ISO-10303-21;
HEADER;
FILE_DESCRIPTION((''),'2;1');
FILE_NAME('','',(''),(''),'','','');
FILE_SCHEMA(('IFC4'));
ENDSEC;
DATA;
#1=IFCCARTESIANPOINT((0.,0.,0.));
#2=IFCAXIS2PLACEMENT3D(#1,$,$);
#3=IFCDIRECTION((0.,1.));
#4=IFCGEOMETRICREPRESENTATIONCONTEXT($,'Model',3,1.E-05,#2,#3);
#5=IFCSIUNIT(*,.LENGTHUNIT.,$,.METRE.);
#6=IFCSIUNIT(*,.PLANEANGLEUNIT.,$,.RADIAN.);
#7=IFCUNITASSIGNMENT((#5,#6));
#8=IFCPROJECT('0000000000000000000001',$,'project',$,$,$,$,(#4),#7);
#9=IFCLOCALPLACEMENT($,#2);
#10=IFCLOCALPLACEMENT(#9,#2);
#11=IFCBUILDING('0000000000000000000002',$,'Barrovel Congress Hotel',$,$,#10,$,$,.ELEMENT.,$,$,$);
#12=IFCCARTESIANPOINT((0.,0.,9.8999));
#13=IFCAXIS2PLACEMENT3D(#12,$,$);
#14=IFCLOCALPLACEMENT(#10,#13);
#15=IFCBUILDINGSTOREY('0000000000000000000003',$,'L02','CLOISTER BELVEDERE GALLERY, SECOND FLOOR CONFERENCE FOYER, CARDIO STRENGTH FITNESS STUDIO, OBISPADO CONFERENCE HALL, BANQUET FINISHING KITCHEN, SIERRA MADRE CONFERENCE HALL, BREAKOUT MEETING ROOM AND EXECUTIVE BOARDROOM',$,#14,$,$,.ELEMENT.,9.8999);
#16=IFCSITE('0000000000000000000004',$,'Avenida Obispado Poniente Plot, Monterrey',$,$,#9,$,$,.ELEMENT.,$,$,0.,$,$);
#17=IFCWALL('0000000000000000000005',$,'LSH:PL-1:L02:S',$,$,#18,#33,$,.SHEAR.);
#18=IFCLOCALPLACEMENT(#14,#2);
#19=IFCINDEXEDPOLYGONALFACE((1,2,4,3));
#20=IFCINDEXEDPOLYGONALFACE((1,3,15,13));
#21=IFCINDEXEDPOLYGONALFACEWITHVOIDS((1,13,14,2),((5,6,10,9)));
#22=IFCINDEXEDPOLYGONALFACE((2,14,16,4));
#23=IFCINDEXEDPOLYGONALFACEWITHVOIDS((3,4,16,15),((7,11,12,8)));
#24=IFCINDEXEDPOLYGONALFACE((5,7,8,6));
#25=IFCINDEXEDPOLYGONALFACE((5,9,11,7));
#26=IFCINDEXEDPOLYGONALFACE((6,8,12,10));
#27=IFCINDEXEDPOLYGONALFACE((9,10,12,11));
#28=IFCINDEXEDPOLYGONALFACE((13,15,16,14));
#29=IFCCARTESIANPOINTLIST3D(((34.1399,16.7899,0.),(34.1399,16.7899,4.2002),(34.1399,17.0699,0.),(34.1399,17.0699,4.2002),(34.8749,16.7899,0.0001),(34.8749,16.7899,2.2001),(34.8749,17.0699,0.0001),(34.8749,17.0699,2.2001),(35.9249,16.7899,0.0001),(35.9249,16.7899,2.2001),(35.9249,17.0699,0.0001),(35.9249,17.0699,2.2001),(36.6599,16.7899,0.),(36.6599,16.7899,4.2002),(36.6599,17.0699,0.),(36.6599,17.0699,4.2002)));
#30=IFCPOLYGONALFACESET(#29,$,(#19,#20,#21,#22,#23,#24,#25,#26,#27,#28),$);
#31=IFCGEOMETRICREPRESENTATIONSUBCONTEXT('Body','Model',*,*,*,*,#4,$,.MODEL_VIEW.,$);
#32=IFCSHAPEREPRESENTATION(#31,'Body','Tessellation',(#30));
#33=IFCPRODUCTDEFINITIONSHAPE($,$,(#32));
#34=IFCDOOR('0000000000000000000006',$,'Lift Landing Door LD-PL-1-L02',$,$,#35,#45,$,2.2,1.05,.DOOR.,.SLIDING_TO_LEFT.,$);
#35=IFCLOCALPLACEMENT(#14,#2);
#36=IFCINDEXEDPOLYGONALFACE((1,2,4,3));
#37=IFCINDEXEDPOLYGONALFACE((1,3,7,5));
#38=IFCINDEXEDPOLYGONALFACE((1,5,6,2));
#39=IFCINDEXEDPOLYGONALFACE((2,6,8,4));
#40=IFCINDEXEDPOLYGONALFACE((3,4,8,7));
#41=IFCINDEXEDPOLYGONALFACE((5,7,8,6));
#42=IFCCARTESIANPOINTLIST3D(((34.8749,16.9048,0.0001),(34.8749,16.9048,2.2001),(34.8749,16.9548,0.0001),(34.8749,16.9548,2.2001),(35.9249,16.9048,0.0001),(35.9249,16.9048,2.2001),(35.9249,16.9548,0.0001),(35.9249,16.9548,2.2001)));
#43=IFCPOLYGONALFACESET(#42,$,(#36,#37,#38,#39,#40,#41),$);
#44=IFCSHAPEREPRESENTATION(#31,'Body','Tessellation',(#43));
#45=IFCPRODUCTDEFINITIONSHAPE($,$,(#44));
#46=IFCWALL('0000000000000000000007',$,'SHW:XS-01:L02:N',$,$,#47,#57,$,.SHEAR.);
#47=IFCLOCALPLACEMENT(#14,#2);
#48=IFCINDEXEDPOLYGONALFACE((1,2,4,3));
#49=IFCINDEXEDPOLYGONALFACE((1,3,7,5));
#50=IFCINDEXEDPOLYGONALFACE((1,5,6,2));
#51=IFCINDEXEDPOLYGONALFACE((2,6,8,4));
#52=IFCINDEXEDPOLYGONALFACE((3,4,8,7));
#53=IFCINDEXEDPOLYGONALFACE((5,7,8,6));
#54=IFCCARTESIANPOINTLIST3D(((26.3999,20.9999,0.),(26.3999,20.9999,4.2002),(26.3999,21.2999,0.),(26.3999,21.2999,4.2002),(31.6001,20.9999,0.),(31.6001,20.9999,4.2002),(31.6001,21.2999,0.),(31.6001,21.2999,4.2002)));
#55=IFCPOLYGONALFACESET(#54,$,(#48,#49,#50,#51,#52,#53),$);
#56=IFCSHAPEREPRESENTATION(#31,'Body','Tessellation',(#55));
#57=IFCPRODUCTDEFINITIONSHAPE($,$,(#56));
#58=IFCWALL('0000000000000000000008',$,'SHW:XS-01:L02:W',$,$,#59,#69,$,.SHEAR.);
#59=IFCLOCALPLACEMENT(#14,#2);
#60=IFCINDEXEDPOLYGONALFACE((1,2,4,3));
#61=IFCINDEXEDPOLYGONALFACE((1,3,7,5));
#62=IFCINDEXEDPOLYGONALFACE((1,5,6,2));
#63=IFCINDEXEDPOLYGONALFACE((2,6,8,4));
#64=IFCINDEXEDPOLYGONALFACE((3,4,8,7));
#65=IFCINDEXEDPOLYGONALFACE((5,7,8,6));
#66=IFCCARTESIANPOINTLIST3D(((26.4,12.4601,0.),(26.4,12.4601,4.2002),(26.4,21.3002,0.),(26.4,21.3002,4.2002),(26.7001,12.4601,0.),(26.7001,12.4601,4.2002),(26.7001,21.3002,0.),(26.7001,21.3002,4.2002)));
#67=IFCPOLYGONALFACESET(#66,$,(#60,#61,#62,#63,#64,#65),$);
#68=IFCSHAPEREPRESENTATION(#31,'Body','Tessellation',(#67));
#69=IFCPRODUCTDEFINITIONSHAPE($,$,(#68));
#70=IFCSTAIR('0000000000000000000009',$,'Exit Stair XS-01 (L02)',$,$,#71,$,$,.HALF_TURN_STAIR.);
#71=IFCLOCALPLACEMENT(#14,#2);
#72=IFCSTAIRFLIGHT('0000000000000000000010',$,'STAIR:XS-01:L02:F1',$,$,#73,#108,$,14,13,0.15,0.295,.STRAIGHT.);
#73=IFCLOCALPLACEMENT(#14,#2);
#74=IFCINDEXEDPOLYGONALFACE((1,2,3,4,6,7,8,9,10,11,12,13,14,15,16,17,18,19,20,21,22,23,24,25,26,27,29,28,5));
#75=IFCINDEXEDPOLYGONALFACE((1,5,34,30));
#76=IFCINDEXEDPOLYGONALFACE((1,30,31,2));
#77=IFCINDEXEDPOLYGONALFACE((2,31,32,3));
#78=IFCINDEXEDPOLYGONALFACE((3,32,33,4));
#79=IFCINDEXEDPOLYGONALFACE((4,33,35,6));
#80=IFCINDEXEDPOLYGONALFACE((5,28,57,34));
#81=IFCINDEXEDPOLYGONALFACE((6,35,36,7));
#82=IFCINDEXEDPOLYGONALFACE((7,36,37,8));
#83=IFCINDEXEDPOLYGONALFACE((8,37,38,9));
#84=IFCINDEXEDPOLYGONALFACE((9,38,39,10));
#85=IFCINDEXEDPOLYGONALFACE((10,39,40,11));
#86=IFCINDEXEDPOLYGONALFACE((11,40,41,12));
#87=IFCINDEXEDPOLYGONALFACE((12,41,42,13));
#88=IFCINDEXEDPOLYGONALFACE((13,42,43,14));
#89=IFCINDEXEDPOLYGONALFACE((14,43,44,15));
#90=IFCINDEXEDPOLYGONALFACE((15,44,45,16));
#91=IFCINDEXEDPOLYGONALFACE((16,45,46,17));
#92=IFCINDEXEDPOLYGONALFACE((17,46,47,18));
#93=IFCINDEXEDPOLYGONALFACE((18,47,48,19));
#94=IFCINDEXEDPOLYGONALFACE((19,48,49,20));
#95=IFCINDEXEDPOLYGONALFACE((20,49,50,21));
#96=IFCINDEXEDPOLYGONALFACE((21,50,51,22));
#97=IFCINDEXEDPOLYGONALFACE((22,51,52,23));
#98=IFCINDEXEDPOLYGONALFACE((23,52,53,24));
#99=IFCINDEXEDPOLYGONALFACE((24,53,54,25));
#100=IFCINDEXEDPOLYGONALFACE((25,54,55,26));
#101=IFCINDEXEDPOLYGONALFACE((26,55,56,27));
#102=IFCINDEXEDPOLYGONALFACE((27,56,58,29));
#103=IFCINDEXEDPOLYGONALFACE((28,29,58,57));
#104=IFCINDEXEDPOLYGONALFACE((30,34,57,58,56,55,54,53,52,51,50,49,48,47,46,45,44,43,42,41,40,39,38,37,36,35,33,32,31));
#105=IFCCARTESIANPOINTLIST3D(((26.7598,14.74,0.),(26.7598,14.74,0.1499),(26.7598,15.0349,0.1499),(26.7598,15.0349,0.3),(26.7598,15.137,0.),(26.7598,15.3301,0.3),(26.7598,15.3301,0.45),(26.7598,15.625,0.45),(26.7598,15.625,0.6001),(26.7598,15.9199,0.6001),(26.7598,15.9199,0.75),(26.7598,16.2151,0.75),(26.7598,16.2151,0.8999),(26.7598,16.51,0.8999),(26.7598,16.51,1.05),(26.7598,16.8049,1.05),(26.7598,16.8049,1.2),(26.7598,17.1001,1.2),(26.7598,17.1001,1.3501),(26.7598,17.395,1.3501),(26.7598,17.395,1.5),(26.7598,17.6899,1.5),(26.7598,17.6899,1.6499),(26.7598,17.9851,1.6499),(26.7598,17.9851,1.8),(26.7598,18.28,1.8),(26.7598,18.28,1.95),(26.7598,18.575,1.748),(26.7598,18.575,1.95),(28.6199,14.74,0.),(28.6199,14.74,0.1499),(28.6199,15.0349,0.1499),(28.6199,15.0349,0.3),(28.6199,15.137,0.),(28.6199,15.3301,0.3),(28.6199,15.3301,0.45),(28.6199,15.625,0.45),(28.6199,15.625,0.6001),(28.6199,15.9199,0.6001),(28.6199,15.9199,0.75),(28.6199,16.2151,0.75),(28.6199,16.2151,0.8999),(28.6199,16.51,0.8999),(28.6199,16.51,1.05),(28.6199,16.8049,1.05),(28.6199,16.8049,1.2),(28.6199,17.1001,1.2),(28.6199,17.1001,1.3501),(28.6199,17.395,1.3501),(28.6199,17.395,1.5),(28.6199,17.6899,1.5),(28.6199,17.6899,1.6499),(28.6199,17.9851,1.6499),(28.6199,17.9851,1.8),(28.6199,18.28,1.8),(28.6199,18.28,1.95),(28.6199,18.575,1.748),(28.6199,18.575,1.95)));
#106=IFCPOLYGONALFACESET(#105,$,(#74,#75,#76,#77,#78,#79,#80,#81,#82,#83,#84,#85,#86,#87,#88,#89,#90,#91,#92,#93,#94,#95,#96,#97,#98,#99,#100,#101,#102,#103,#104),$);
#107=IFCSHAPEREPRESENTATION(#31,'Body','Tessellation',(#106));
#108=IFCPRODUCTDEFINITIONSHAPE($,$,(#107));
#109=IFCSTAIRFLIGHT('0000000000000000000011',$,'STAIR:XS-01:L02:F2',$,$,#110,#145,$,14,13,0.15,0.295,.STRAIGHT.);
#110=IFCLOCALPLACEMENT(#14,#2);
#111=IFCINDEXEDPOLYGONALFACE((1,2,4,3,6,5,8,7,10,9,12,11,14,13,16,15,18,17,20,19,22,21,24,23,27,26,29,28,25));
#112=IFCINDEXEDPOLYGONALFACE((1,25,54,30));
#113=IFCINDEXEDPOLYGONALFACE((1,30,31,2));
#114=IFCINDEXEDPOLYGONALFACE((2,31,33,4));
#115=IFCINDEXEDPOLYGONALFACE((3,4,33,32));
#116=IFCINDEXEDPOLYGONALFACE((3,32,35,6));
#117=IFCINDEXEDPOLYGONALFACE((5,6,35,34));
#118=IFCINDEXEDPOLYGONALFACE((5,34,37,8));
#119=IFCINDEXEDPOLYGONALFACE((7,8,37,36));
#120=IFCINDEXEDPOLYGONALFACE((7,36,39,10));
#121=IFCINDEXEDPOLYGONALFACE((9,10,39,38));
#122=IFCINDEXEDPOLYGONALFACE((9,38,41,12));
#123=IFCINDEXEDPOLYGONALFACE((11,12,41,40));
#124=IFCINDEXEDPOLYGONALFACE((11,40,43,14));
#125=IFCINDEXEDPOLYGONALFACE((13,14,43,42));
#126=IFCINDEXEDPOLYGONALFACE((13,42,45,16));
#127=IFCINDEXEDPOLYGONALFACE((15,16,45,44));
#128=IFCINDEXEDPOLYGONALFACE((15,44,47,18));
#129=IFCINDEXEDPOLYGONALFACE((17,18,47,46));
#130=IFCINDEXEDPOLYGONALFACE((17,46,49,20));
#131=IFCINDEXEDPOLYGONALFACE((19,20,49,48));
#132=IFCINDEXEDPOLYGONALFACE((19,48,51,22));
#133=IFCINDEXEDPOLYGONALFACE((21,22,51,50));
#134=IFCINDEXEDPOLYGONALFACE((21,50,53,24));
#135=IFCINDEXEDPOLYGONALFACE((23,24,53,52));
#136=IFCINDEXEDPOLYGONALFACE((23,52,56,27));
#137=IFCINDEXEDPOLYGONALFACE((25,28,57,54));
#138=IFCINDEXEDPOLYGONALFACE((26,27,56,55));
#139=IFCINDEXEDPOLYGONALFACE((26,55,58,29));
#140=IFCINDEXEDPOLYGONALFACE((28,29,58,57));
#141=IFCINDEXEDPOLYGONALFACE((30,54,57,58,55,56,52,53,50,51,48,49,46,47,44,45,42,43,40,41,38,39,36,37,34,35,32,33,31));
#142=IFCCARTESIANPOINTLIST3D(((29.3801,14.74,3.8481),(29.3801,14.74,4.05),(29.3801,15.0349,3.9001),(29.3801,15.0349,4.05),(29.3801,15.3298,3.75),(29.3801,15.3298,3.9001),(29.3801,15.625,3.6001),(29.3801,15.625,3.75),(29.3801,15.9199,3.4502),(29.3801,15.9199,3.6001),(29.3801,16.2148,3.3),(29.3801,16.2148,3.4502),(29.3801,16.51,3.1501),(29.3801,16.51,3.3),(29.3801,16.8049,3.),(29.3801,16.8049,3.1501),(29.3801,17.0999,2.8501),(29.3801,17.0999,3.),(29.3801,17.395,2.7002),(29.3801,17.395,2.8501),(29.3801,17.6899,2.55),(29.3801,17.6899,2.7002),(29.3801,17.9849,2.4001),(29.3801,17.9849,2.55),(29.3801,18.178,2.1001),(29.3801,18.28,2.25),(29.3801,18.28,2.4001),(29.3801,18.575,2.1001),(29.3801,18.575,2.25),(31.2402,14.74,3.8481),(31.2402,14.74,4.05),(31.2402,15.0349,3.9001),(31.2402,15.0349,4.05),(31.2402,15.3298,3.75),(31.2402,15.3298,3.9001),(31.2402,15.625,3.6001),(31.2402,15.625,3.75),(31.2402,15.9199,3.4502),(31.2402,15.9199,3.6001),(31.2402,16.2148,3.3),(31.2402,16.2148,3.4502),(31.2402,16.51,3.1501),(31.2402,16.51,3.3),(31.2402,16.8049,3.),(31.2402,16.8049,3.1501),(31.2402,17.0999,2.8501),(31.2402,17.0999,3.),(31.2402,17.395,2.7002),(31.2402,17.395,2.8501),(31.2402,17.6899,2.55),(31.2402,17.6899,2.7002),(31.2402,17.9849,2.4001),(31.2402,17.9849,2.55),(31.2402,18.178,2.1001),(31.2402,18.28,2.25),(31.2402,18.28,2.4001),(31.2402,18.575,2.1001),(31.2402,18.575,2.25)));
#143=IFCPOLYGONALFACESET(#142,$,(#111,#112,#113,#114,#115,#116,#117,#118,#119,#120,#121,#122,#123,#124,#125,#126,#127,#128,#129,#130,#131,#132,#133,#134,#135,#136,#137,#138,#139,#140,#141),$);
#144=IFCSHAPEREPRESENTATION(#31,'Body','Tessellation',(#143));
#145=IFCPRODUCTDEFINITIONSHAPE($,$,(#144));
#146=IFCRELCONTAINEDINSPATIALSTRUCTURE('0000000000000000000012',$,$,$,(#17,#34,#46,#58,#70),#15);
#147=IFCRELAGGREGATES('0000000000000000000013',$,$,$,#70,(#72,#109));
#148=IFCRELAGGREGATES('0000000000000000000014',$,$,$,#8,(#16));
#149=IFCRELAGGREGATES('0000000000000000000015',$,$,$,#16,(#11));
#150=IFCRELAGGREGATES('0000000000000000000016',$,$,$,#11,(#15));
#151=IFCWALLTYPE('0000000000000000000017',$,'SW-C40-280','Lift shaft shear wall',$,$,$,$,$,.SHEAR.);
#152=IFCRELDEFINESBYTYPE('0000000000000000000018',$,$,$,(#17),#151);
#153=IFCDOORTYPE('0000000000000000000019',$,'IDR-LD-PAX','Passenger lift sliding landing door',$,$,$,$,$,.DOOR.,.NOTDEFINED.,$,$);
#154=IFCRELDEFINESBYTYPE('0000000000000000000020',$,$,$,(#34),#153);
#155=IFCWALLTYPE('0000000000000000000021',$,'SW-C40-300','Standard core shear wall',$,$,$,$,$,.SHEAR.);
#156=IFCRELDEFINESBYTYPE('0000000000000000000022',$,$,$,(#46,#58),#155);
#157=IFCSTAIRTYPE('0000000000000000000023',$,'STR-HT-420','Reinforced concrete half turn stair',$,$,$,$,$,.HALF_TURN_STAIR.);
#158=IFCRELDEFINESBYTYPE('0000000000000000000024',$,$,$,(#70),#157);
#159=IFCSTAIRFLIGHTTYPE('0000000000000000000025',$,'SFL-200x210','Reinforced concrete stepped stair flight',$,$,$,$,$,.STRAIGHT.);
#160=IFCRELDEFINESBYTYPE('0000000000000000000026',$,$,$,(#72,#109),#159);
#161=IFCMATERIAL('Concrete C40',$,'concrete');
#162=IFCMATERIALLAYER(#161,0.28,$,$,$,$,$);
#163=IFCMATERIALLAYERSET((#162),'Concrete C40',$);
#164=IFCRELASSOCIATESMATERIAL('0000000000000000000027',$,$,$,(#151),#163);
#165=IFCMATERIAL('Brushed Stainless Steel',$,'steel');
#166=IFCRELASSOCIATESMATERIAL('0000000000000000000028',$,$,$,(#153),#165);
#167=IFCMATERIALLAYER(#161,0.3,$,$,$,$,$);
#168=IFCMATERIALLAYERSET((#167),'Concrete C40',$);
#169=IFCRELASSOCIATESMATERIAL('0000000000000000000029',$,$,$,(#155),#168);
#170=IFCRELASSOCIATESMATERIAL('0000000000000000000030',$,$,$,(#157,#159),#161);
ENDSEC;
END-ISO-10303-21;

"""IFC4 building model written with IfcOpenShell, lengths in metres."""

from ifc_helpers import new_model, si_unit, direction, frame, frame_2d, origin, place, context, subcontext, project, spatial, polyline, rectangle, outline, extrude, material, layer, layer_set, type_object, element, fill, aggregate, save


model = new_model("IFC4")

# Units and contexts
model_context = context("Model", 3, precision=1e-05, world=origin(), true_north=direction((0.0, 1.0)))
body_context = subcontext(model_context, "Body", "Model", "MODEL_VIEW")
ifc_project = project(units=[si_unit("LENGTHUNIT", "METRE"), si_unit("PLANEANGLEUNIT", "RADIAN")], contexts=[model_context])

# Site, building, storey
site_placement = place(None, origin())
site = spatial("IfcSite", under=ifc_project, at=site_placement, Name="Avenida Obispado Poniente Plot, Monterrey", CompositionType="ELEMENT", RefElevation=0.0)
building_placement = place(site_placement, origin())
building = spatial("IfcBuilding", under=site, at=building_placement, Name="Barrovel Congress Hotel", CompositionType="ELEMENT")
storey_placement = place(building_placement, frame((0.0, 0.0, 9.8999)))
storey = spatial("IfcBuildingStorey", under=building, at=storey_placement, Name="L02", Description="CLOISTER BELVEDERE GALLERY, SECOND FLOOR CONFERENCE FOYER, CARDIO STRENGTH FITNESS STUDIO, OBISPADO CONFERENCE HALL, BANQUET FINISHING KITCHEN, SIERRA MADRE CONFERENCE HALL, BREAKOUT MEETING ROOM AND EXECUTIVE BOARDROOM", CompositionType="ELEMENT", Elevation=9.8999)

# Shared definitions
ifc_material_1 = material(Name="Concrete C40", Category="concrete")

# Shared definitions
ifc_layer_1 = layer(ifc_material_1, 0.28)
ifc_layer_set_1 = layer_set([ifc_layer_1], Name="Concrete C40")
wall_type_1 = type_object("IfcWallType", Name="SW-C40-280", Description="Lift shaft shear wall", PredefinedType="SHEAR", material=ifc_layer_set_1)

# Wall, opening, door
wall_1_placement = place(storey_placement, frame((34.1399, 16.9299, 0.0), z_axis=(0.0, 0.0, 1.0), x_axis=(1.0, 0.0, 0.0)))
wall_1 = element("IfcWall", 1, at=wall_1_placement, inside=storey, type_object=wall_type_1, Name="LSH:PL-1:L02:S", PredefinedType="SHEAR", context=body_context, shape_type="SweptSolid", body=[
    extrude(rectangle(XDim=2.52, YDim=0.28, at=frame_2d((1.26, 0.0))), origin(), (0.0, 0.0, 1.0), 4.2002),
])
opening_1_placement = place(wall_1_placement, frame((0.7351, 0.0, 0.0)))
opening_1 = element("IfcOpeningElement", 2, at=opening_1_placement, cuts=wall_1, PredefinedType="OPENING", context=body_context, shape_type="SweptSolid", body=[
    extrude(rectangle(XDim=1.05, YDim=2.2, at=frame_2d((0.5249, 1.1001))), frame((0.0, 0.1499, 0.0), z_axis=(0.0, -1.0, 0.0), x_axis=(1.0, 0.0, 0.0)), (0.0, 0.0, 1.0), 0.3),
])
ifc_material_2 = material(Name="Brushed Stainless Steel", Category="steel")
door_type_1 = type_object("IfcDoorType", Name="IDR-LD-PAX", Description="Passenger lift sliding landing door", OperationType="NOTDEFINED", PredefinedType="DOOR", material=ifc_material_2)
door_1_placement = place(opening_1_placement, origin())
door_1 = element("IfcDoor", 3, at=door_1_placement, inside=storey, type_object=door_type_1, Name="Lift Landing Door LD-PL-1-L02", OperationType="SLIDING_TO_LEFT", OverallHeight=2.2, OverallWidth=1.05, PredefinedType="DOOR", context=body_context, shape_type="SweptSolid", body=[
    extrude(rectangle(XDim=1.05, YDim=2.2, at=frame_2d((0.5249, 1.1001))), frame((0.0, 0.0249, 0.0), z_axis=(0.0, -1.0, 0.0), x_axis=(1.0, 0.0, 0.0)), (0.0, 0.0, 1.0), 0.05),
])
fill(opening_1, door_1)

# Walls
ifc_layer_2 = layer(ifc_material_1, 0.3)
ifc_layer_set_2 = layer_set([ifc_layer_2], Name="Concrete C40")
wall_type_2 = type_object("IfcWallType", Name="SW-C40-300", Description="Standard core shear wall", PredefinedType="SHEAR", material=ifc_layer_set_2)
wall_2_placement = place(storey_placement, frame((31.6001, 21.1499, 0.0), z_axis=(0.0, 0.0, 1.0), x_axis=(-1.0, 0.0, 0.0)))
element("IfcWall", 4, at=wall_2_placement, inside=storey, type_object=wall_type_2, Name="SHW:XS-01:L02:N", PredefinedType="SHEAR", context=body_context, shape_type="SweptSolid", body=[
    extrude(rectangle(XDim=5.2002, YDim=0.3, at=frame_2d((2.6001, 0.0))), origin(), (0.0, 0.0, 1.0), 4.2002),
])
wall_3_placement = place(storey_placement, frame((26.55, 21.3, 0.0), z_axis=(0.0, 0.0, 1.0), x_axis=(0.0, -1.0, 0.0)))
element("IfcWall", 5, at=wall_3_placement, inside=storey, type_object=wall_type_2, Name="SHW:XS-01:L02:W", PredefinedType="SHEAR", context=body_context, shape_type="SweptSolid", body=[
    extrude(rectangle(XDim=8.8401, YDim=0.3, at=frame_2d((4.4199, 0.0))), origin(), (0.0, 0.0, 1.0), 4.2002),
])

# Stair, stair flights
stair_type = type_object("IfcStairType", Name="STR-HT-420", Description="Reinforced concrete half turn stair", PredefinedType="HALF_TURN_STAIR", material=ifc_material_1)
stair_placement = place(storey_placement, origin())
stair = element("IfcStair", 6, at=stair_placement, inside=storey, type_object=stair_type, Name="Exit Stair XS-01 (L02)", PredefinedType="HALF_TURN_STAIR")
stair_flight_type = type_object("IfcStairFlightType", Name="SFL-200x210", Description="Reinforced concrete stepped stair flight", PredefinedType="STRAIGHT", material=ifc_material_1)
stair_flight_1_placement = place(storey_placement, frame((27.6899, 14.74, 0.0), z_axis=(0.0, 0.0, 1.0), x_axis=(0.0, 1.0, 0.0)))
stair_flight_1 = element("IfcStairFlight", 7, at=stair_flight_1_placement, type_object=stair_flight_type, Name="STAIR:XS-01:L02:F1", NumberOfRisers=14, NumberOfTreads=13, PredefinedType="STRAIGHT", RiserHeight=0.15, TreadLength=0.295, context=body_context, shape_type="SweptSolid", body=[
    extrude(outline(polyline([(0.0, 0.0), (0.0, 0.1499), (0.2949, 0.1499), (0.2949, 0.3), (0.5901, 0.3), (0.5901, 0.45), (0.885, 0.45), (0.885, 0.6001), (1.1799, 0.6001), (1.1799, 0.75), (1.4751, 0.75), (1.4751, 0.8999), (1.77, 0.8999), (1.77, 1.05), (2.0649, 1.05), (2.0649, 1.2), (2.3601, 1.2), (2.3601, 1.3501), (2.655, 1.3501), (2.655, 1.5), (2.95, 1.5), (2.95, 1.6499), (3.2451, 1.6499), (3.2451, 1.8), (3.54, 1.8), (3.54, 1.95), (3.835, 1.95), (3.835, 2.1001), (3.835, 1.748), (0.397, 0.0), (0.0, 0.0)])), frame((0.0, 0.9302, 0.0), z_axis=(0.0, -1.0, 0.0), x_axis=(1.0, 0.0, 0.0)), (0.0, 0.0, 1.0), 1.8601),
])
stair_flight_2_placement = place(storey_placement, frame((30.3101, 18.575, 2.1001), z_axis=(0.0, 0.0, 1.0), x_axis=(0.0, -1.0, 0.0)))
stair_flight_2 = element("IfcStairFlight", 8, at=stair_flight_2_placement, type_object=stair_flight_type, Name="STAIR:XS-01:L02:F2", NumberOfRisers=14, NumberOfTreads=13, PredefinedType="STRAIGHT", RiserHeight=0.15, TreadLength=0.295, context=body_context, shape_type="SweptSolid", body=[
    extrude(outline(polyline([(0.0, 0.0), (0.0, 0.1499), (0.2949, 0.1499), (0.2949, 0.3), (0.5901, 0.3), (0.5901, 0.45), (0.885, 0.45), (0.885, 0.6001), (1.1799, 0.6001), (1.1799, 0.75), (1.4751, 0.75), (1.4751, 0.8999), (1.77, 0.8999), (1.77, 1.05), (2.0649, 1.05), (2.0649, 1.2), (2.3601, 1.2), (2.3601, 1.3501), (2.655, 1.3501), (2.655, 1.5), (2.95, 1.5), (2.95, 1.6499), (3.2451, 1.6499), (3.2451, 1.8), (3.54, 1.8), (3.54, 1.95), (3.835, 1.95), (3.835, 2.1001), (3.835, 1.748), (0.397, 0.0), (0.0, 0.0)])), frame((0.0, 0.9302, 0.0), z_axis=(0.0, -1.0, 0.0), x_axis=(1.0, 0.0, 0.0)), (0.0, 0.0, 1.0), 1.8601),
])
aggregate(stair, [stair_flight_1, stair_flight_2])

save(model, "model.ifc")
